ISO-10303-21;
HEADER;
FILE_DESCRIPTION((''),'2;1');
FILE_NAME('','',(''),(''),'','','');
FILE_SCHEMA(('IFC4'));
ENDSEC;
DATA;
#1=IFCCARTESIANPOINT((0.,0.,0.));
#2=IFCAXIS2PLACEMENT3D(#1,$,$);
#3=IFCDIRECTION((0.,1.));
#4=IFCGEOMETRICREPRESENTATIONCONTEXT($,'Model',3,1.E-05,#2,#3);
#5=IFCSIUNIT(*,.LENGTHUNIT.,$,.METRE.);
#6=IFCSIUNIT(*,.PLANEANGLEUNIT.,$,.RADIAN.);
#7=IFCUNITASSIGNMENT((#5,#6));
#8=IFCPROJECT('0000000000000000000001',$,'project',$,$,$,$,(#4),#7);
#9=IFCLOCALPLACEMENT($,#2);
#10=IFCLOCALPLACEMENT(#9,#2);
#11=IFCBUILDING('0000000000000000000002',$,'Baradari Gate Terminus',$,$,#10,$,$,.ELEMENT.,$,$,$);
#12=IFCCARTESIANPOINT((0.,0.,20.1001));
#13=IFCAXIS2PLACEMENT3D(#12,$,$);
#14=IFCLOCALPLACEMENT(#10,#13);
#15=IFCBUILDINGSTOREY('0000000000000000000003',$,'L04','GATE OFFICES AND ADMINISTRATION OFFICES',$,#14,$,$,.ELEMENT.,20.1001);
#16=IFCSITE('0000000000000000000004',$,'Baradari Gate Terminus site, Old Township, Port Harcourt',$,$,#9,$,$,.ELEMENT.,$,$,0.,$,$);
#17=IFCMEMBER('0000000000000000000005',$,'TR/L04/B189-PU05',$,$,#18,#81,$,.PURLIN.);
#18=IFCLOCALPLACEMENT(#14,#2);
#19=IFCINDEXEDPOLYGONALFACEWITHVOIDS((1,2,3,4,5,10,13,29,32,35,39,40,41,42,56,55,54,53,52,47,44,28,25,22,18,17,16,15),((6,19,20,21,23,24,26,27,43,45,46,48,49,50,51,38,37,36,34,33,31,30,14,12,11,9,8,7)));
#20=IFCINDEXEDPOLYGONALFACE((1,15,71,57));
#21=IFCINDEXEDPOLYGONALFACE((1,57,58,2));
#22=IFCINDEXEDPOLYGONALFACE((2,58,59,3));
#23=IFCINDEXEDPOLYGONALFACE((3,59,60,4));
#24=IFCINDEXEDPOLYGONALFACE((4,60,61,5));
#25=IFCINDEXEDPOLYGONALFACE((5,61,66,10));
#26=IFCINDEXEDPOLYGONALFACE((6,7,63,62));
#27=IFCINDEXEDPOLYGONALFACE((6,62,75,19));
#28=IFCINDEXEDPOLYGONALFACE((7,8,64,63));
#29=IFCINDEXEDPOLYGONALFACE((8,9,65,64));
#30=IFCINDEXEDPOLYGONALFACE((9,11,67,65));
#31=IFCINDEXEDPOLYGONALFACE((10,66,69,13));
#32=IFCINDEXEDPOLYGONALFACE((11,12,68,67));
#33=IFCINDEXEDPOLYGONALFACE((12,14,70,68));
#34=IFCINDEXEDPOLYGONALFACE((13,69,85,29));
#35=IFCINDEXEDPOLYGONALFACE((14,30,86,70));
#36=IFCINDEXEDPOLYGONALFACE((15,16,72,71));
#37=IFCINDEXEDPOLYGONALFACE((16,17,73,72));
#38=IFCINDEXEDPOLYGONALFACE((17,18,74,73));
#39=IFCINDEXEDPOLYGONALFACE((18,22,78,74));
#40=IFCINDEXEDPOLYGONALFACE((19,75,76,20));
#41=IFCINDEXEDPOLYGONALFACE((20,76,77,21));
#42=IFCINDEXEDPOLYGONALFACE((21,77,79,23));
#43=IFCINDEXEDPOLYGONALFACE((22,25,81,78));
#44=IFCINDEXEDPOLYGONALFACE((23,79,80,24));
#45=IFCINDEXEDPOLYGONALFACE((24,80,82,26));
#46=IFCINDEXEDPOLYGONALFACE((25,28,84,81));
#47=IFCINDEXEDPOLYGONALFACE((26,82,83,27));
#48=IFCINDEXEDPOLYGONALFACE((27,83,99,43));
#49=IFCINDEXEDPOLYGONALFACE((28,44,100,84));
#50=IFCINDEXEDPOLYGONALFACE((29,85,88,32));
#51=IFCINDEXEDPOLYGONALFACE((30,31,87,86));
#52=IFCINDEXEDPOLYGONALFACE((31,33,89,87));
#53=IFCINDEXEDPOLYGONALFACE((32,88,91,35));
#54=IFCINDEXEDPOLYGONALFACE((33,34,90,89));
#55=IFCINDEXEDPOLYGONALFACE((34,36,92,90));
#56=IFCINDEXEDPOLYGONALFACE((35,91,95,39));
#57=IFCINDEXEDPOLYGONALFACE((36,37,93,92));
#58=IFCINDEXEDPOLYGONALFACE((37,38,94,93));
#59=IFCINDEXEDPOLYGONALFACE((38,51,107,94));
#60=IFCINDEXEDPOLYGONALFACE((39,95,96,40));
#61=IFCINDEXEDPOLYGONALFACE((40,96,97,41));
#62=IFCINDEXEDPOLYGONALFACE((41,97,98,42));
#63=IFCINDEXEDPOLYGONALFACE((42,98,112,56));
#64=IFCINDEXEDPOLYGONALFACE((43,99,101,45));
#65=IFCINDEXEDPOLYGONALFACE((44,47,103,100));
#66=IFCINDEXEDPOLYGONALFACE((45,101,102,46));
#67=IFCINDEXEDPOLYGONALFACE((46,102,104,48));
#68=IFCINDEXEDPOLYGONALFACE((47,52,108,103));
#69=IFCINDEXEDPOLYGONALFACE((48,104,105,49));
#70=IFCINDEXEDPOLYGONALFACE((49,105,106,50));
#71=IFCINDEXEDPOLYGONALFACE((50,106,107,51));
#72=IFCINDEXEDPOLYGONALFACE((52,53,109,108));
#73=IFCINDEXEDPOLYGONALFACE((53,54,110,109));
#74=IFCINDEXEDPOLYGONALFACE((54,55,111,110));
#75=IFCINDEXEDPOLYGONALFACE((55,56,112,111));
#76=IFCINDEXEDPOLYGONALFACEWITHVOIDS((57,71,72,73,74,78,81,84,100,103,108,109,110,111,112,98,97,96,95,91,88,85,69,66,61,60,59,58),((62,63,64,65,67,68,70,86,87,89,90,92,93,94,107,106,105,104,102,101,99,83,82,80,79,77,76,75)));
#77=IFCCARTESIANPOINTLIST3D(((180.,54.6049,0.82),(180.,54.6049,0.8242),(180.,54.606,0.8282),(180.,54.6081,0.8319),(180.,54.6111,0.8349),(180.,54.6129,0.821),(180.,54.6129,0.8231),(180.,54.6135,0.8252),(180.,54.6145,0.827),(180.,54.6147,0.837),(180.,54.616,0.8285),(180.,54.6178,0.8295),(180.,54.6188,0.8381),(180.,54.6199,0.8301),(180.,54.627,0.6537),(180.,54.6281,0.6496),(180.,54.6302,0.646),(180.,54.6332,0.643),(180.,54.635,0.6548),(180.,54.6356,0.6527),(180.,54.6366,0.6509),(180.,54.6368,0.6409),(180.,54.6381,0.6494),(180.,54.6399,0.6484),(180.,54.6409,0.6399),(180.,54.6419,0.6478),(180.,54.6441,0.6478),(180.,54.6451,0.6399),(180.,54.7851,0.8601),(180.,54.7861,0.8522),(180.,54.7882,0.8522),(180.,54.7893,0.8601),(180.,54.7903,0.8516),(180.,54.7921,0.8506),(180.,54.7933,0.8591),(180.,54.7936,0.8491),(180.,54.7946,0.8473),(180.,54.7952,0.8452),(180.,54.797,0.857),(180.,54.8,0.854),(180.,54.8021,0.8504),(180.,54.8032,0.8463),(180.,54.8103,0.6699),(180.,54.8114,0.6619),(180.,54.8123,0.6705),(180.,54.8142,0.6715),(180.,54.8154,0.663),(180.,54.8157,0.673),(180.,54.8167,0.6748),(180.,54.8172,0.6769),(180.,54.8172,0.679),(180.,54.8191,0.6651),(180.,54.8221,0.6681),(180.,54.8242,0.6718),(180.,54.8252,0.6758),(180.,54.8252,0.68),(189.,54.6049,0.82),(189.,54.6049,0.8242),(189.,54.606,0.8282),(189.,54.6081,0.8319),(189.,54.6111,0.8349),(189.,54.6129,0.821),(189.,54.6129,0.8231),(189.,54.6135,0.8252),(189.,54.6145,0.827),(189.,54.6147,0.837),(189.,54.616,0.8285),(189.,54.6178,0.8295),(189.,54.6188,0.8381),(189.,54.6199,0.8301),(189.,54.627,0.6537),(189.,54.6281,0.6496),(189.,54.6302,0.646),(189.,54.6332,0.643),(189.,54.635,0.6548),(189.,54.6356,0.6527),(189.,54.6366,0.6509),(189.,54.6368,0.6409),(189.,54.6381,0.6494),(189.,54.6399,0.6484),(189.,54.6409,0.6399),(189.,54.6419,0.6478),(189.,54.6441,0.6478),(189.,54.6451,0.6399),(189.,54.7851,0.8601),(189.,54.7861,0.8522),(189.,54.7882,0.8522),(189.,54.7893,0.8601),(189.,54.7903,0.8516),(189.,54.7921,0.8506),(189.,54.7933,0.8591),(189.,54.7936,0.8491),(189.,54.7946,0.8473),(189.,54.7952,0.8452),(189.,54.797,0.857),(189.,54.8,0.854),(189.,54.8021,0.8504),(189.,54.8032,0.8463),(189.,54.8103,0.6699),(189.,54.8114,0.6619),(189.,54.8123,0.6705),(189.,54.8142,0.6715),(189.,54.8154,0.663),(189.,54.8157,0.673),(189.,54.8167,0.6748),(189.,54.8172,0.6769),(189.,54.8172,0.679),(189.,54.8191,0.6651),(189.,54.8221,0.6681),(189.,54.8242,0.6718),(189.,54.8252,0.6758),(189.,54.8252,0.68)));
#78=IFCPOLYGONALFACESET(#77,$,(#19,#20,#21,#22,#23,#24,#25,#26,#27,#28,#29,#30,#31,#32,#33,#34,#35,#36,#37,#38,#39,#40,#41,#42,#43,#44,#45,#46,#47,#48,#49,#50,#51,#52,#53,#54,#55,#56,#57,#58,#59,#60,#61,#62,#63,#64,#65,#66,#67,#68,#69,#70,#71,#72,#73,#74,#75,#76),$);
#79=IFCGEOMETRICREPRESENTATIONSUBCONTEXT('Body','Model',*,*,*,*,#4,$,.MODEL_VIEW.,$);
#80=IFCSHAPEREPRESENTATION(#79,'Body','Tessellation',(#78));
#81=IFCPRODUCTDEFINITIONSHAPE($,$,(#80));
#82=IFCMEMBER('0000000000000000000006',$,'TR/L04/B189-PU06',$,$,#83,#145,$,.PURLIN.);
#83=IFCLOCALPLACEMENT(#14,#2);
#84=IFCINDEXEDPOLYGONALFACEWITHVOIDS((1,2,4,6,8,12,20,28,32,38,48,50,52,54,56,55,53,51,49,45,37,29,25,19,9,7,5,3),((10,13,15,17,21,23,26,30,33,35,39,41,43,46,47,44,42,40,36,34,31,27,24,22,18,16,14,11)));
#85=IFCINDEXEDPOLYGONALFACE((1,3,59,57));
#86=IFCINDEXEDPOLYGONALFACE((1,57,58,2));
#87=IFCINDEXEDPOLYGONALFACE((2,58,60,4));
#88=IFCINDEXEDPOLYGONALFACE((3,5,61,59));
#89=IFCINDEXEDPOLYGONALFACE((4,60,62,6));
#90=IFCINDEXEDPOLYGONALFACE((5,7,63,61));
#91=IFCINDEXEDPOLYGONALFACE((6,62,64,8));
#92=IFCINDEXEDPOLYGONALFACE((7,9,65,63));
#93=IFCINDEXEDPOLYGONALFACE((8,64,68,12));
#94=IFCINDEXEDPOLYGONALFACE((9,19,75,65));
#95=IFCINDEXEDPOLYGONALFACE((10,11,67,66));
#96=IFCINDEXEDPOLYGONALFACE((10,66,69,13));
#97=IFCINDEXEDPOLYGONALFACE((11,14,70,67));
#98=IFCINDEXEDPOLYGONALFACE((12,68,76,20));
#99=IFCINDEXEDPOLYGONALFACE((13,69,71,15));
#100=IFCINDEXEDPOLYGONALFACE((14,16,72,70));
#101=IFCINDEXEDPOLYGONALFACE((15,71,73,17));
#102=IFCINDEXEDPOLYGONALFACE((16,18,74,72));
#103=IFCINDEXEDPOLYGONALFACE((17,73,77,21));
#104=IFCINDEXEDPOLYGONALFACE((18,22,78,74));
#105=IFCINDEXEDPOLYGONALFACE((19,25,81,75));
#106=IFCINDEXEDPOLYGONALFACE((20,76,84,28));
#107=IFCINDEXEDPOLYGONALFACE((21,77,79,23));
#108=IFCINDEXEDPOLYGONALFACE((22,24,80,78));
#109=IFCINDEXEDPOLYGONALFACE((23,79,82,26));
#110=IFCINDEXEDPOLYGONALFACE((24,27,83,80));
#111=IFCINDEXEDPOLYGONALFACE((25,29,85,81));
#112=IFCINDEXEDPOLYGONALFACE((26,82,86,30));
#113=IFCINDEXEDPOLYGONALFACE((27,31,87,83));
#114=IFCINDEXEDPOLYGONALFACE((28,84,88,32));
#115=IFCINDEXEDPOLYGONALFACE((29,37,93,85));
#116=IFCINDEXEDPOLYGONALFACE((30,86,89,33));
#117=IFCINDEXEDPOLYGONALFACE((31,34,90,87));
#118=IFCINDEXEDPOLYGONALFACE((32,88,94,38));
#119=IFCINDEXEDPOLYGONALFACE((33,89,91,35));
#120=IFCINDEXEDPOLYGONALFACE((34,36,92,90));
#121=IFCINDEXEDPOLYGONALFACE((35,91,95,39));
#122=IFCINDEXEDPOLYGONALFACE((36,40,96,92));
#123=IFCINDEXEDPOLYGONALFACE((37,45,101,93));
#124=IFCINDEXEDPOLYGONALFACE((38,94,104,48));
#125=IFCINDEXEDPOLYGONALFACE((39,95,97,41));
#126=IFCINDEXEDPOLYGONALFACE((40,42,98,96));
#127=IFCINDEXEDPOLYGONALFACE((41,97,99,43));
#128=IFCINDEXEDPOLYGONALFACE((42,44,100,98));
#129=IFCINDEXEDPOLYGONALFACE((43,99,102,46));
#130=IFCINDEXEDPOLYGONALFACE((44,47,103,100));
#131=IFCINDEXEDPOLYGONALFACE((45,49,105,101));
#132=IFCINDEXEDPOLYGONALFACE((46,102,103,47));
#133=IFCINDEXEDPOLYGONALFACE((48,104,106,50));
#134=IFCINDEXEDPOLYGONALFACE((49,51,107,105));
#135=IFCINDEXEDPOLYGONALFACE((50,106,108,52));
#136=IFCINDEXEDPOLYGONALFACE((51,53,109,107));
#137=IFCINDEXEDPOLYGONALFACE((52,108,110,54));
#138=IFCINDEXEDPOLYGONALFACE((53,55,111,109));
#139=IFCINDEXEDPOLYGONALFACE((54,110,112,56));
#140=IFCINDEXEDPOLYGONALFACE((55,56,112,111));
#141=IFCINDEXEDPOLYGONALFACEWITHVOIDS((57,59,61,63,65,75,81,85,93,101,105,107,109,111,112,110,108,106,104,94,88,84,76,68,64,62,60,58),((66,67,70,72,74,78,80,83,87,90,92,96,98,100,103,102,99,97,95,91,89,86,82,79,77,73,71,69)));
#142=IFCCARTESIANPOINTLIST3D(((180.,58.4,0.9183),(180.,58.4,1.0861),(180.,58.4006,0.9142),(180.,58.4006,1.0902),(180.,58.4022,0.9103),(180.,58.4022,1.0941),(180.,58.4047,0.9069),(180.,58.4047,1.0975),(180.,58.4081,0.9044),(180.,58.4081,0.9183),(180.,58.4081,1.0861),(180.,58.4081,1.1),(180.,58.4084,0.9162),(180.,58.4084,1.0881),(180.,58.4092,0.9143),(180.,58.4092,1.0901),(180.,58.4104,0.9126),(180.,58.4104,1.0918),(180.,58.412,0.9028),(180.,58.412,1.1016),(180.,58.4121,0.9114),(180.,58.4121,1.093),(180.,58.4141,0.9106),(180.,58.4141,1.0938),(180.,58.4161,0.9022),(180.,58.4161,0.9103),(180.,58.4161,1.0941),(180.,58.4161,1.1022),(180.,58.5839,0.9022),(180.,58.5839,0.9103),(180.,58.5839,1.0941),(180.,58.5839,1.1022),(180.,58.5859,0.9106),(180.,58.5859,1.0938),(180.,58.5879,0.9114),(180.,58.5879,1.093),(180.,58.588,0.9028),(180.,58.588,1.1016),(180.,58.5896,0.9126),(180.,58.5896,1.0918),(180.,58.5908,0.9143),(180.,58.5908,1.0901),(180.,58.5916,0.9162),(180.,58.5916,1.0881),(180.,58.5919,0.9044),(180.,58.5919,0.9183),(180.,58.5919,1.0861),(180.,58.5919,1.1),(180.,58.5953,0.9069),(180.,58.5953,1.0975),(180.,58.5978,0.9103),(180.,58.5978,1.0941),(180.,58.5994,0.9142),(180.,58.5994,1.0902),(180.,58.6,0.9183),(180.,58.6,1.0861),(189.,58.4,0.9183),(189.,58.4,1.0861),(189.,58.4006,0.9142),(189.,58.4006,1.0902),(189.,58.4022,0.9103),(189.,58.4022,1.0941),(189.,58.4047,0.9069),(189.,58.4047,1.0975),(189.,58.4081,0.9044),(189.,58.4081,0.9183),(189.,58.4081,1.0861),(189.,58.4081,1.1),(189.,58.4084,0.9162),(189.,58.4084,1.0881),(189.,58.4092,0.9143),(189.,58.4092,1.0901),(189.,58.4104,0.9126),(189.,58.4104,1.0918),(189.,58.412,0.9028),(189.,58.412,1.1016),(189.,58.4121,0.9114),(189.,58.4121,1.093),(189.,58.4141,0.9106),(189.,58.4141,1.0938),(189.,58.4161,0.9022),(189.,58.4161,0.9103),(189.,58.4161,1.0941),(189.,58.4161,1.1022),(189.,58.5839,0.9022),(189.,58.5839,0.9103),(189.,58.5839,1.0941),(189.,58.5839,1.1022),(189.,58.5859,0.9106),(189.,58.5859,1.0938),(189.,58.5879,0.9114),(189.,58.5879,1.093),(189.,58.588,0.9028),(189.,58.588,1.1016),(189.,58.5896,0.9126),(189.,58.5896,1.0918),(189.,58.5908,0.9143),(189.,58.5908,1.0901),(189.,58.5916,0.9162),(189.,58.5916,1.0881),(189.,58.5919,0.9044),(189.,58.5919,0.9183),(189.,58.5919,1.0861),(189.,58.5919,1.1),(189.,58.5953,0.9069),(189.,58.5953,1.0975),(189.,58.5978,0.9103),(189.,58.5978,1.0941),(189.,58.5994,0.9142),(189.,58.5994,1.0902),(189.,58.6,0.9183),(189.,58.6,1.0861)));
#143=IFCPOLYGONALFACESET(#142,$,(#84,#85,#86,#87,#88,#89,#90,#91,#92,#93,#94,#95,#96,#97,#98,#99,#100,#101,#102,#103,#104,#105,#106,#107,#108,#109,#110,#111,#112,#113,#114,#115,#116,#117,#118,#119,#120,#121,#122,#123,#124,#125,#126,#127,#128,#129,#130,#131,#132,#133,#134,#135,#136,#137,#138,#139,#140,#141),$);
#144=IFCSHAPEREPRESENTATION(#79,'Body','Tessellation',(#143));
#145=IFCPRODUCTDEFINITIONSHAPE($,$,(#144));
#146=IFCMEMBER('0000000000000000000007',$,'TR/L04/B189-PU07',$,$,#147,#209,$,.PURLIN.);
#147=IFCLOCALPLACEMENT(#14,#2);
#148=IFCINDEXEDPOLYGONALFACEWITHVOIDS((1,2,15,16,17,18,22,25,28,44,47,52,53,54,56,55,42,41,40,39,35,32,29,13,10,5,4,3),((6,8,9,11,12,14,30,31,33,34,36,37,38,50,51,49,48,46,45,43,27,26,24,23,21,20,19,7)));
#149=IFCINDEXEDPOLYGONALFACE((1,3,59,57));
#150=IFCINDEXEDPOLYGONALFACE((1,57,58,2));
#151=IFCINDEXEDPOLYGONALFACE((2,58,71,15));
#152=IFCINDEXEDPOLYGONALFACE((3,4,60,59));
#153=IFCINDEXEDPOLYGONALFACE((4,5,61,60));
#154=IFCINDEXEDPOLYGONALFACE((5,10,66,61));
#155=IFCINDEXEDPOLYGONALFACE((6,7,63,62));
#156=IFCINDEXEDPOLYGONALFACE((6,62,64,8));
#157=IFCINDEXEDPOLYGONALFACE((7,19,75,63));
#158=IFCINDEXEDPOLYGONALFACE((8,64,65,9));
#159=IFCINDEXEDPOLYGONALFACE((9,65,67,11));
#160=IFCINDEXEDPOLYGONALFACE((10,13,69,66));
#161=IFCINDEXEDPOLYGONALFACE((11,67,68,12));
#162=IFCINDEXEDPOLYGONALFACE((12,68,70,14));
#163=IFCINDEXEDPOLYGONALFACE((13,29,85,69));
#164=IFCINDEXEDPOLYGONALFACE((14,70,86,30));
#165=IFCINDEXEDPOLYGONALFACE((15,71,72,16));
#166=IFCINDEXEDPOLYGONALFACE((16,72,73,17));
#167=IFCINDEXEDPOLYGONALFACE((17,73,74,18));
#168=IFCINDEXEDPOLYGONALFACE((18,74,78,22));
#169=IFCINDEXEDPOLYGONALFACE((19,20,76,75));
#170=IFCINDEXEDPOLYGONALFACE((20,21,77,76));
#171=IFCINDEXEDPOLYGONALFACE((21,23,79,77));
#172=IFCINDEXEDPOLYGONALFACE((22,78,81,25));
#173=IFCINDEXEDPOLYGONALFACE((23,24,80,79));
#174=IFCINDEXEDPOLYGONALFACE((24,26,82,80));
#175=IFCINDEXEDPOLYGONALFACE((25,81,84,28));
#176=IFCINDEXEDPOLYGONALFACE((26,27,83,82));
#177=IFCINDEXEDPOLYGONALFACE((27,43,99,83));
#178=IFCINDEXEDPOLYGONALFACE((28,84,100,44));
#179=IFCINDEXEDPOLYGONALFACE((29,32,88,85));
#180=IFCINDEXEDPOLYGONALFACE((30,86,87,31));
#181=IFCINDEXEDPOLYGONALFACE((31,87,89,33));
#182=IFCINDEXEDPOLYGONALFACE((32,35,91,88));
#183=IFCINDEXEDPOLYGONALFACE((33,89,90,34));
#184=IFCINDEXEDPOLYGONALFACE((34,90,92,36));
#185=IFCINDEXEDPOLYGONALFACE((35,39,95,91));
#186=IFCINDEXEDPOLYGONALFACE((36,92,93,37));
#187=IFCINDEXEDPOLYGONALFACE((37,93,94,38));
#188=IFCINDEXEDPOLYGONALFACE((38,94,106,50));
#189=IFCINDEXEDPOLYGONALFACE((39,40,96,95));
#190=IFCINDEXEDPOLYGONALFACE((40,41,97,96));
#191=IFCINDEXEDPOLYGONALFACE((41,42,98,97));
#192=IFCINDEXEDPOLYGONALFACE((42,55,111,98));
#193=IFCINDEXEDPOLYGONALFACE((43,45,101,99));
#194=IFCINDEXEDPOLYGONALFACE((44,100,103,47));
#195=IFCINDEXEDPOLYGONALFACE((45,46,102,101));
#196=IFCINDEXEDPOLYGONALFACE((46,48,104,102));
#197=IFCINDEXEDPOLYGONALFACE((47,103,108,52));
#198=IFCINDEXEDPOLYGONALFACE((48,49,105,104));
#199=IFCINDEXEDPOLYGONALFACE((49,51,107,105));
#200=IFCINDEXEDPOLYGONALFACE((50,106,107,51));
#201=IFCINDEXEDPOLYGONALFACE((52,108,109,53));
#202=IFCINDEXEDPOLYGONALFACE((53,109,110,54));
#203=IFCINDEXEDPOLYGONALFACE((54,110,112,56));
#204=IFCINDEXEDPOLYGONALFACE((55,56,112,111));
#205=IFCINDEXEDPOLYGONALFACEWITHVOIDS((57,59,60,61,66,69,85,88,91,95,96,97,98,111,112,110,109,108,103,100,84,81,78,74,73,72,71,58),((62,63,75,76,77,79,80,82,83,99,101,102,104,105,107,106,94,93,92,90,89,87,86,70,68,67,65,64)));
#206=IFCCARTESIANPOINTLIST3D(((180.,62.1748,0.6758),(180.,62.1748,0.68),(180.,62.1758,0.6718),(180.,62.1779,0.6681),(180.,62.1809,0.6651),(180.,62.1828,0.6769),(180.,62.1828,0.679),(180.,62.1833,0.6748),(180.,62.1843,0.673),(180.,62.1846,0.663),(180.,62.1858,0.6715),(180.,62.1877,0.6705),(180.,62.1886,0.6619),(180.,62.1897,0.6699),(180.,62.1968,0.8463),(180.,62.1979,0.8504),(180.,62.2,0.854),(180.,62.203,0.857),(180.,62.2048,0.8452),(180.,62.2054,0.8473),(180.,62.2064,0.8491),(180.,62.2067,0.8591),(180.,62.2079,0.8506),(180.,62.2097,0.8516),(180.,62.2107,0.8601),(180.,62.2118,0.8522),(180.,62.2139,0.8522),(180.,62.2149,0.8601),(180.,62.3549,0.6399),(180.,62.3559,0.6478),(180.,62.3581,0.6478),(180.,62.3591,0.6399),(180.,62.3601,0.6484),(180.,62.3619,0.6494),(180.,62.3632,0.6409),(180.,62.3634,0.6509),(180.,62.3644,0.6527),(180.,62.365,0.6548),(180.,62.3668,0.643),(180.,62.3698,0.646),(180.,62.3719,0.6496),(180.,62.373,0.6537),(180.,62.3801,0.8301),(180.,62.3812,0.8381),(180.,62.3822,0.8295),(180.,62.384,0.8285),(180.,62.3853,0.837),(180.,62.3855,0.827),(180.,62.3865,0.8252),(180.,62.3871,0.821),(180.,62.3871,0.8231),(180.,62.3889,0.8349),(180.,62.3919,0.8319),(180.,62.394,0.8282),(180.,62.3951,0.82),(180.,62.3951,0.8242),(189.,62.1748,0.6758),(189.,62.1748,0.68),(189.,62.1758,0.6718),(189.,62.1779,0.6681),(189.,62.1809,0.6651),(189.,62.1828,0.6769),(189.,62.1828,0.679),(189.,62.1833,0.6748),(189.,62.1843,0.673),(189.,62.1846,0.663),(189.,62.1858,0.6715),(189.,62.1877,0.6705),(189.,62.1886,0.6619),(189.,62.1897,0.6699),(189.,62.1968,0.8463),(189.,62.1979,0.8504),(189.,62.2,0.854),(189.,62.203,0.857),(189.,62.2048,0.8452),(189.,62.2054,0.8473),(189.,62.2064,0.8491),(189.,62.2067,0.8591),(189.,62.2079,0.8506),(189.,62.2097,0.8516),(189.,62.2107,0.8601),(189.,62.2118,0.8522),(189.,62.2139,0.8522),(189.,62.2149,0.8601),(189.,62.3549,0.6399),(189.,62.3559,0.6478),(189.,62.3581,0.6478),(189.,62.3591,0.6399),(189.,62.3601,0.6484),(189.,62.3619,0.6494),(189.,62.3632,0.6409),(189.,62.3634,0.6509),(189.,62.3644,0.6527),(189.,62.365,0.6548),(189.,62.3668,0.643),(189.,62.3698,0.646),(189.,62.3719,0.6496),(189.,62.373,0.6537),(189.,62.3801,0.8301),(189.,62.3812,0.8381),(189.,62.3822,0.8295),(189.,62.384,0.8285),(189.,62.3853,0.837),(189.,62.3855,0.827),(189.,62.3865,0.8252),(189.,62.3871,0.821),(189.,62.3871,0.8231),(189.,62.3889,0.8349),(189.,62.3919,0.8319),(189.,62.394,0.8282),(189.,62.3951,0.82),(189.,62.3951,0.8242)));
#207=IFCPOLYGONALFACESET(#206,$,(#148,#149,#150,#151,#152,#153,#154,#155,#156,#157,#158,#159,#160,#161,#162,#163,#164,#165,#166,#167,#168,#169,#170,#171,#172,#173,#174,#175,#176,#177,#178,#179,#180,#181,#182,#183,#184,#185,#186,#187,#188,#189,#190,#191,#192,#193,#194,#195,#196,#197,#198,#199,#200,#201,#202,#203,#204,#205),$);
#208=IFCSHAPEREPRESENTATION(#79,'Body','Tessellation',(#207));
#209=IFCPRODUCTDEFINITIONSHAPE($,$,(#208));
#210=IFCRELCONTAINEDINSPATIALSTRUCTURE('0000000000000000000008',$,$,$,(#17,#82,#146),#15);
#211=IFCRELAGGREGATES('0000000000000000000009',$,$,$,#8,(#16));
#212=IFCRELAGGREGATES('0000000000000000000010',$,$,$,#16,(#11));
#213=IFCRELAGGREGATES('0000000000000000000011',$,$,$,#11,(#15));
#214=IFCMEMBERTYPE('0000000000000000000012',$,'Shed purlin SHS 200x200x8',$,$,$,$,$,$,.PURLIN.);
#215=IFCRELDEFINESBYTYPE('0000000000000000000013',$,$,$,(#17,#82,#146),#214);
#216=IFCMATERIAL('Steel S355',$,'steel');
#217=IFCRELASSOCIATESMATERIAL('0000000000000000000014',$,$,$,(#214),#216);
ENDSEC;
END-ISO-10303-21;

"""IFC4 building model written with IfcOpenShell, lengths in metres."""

from ifc_helpers import new_model, si_unit, direction, frame, origin, origin_2d, place, context, subcontext, project, spatial, hollow_rectangle, extrude, material, material_profile, profile_set, type_object, element, save


model = new_model("IFC4")

# Units and contexts
model_context = context("Model", 3, precision=1e-05, world=origin(), true_north=direction((0.0, 1.0)))
body_context = subcontext(model_context, "Body", "Model", "MODEL_VIEW")
ifc_project = project(units=[si_unit("LENGTHUNIT", "METRE"), si_unit("PLANEANGLEUNIT", "RADIAN")], contexts=[model_context])

# Site, building, storey
site_placement = place(None, origin())
site = spatial("IfcSite", under=ifc_project, at=site_placement, Name="Baradari Gate Terminus site, Old Township, Port Harcourt", CompositionType="ELEMENT", RefElevation=0.0)
building_placement = place(site_placement, origin())
building = spatial("IfcBuilding", under=site, at=building_placement, Name="Baradari Gate Terminus", CompositionType="ELEMENT")
storey_placement = place(building_placement, frame((0.0, 0.0, 20.1001)))
storey = spatial("IfcBuildingStorey", under=building, at=storey_placement, Name="L04", Description="GATE OFFICES AND ADMINISTRATION OFFICES", CompositionType="ELEMENT", Elevation=20.1001)

# Members
ifc_material_1 = material(Name="Steel S355", Category="steel")
ifc_material_profile_1 = material_profile(ifc_material_1, hollow_rectangle(XDim=0.2, YDim=0.2, WallThickness=0.0081, InnerFilletRadius=0.0081, OuterFilletRadius=0.0161, at=origin_2d()), Name="SHS 200x200x8")
ifc_profile_set_1 = profile_set([ifc_material_profile_1], Name="Steel S355")
member_type_1 = type_object("IfcMemberType", Name="Shed purlin SHS 200x200x8", PredefinedType="PURLIN", material=ifc_profile_set_1)
for number, where, z_axis, x_axis, name in (
    (1, (180.0, 54.7151, 0.75), (1.0, 0.0, 0.0), (0.0, 0.991303, 0.131599), "TR/L04/B189-PU05"),
    (2, (180.0, 58.5, 1.0022), (1.0, 0.0, 0.0), (0.0, 1.0, 0.0), "TR/L04/B189-PU06"),
    (3, (180.0, 62.2849, 0.75), (1.0, 0.0, 0.0), (0.0, 0.991303, -0.131599), "TR/L04/B189-PU07"),
):
    element("IfcMember", number, at=place(storey_placement, frame(where, z_axis=z_axis, x_axis=x_axis)), inside=storey, type_object=member_type_1, Name=name, PredefinedType="PURLIN", context=body_context, shape_type="SweptSolid", body=[
        extrude(hollow_rectangle(XDim=0.2, YDim=0.2, WallThickness=0.0081, InnerFilletRadius=0.0081, OuterFilletRadius=0.0161, at=origin_2d()), origin(), (0.0, 0.0, 1.0), 9.0),
    ])

save(model, "model.ifc")
